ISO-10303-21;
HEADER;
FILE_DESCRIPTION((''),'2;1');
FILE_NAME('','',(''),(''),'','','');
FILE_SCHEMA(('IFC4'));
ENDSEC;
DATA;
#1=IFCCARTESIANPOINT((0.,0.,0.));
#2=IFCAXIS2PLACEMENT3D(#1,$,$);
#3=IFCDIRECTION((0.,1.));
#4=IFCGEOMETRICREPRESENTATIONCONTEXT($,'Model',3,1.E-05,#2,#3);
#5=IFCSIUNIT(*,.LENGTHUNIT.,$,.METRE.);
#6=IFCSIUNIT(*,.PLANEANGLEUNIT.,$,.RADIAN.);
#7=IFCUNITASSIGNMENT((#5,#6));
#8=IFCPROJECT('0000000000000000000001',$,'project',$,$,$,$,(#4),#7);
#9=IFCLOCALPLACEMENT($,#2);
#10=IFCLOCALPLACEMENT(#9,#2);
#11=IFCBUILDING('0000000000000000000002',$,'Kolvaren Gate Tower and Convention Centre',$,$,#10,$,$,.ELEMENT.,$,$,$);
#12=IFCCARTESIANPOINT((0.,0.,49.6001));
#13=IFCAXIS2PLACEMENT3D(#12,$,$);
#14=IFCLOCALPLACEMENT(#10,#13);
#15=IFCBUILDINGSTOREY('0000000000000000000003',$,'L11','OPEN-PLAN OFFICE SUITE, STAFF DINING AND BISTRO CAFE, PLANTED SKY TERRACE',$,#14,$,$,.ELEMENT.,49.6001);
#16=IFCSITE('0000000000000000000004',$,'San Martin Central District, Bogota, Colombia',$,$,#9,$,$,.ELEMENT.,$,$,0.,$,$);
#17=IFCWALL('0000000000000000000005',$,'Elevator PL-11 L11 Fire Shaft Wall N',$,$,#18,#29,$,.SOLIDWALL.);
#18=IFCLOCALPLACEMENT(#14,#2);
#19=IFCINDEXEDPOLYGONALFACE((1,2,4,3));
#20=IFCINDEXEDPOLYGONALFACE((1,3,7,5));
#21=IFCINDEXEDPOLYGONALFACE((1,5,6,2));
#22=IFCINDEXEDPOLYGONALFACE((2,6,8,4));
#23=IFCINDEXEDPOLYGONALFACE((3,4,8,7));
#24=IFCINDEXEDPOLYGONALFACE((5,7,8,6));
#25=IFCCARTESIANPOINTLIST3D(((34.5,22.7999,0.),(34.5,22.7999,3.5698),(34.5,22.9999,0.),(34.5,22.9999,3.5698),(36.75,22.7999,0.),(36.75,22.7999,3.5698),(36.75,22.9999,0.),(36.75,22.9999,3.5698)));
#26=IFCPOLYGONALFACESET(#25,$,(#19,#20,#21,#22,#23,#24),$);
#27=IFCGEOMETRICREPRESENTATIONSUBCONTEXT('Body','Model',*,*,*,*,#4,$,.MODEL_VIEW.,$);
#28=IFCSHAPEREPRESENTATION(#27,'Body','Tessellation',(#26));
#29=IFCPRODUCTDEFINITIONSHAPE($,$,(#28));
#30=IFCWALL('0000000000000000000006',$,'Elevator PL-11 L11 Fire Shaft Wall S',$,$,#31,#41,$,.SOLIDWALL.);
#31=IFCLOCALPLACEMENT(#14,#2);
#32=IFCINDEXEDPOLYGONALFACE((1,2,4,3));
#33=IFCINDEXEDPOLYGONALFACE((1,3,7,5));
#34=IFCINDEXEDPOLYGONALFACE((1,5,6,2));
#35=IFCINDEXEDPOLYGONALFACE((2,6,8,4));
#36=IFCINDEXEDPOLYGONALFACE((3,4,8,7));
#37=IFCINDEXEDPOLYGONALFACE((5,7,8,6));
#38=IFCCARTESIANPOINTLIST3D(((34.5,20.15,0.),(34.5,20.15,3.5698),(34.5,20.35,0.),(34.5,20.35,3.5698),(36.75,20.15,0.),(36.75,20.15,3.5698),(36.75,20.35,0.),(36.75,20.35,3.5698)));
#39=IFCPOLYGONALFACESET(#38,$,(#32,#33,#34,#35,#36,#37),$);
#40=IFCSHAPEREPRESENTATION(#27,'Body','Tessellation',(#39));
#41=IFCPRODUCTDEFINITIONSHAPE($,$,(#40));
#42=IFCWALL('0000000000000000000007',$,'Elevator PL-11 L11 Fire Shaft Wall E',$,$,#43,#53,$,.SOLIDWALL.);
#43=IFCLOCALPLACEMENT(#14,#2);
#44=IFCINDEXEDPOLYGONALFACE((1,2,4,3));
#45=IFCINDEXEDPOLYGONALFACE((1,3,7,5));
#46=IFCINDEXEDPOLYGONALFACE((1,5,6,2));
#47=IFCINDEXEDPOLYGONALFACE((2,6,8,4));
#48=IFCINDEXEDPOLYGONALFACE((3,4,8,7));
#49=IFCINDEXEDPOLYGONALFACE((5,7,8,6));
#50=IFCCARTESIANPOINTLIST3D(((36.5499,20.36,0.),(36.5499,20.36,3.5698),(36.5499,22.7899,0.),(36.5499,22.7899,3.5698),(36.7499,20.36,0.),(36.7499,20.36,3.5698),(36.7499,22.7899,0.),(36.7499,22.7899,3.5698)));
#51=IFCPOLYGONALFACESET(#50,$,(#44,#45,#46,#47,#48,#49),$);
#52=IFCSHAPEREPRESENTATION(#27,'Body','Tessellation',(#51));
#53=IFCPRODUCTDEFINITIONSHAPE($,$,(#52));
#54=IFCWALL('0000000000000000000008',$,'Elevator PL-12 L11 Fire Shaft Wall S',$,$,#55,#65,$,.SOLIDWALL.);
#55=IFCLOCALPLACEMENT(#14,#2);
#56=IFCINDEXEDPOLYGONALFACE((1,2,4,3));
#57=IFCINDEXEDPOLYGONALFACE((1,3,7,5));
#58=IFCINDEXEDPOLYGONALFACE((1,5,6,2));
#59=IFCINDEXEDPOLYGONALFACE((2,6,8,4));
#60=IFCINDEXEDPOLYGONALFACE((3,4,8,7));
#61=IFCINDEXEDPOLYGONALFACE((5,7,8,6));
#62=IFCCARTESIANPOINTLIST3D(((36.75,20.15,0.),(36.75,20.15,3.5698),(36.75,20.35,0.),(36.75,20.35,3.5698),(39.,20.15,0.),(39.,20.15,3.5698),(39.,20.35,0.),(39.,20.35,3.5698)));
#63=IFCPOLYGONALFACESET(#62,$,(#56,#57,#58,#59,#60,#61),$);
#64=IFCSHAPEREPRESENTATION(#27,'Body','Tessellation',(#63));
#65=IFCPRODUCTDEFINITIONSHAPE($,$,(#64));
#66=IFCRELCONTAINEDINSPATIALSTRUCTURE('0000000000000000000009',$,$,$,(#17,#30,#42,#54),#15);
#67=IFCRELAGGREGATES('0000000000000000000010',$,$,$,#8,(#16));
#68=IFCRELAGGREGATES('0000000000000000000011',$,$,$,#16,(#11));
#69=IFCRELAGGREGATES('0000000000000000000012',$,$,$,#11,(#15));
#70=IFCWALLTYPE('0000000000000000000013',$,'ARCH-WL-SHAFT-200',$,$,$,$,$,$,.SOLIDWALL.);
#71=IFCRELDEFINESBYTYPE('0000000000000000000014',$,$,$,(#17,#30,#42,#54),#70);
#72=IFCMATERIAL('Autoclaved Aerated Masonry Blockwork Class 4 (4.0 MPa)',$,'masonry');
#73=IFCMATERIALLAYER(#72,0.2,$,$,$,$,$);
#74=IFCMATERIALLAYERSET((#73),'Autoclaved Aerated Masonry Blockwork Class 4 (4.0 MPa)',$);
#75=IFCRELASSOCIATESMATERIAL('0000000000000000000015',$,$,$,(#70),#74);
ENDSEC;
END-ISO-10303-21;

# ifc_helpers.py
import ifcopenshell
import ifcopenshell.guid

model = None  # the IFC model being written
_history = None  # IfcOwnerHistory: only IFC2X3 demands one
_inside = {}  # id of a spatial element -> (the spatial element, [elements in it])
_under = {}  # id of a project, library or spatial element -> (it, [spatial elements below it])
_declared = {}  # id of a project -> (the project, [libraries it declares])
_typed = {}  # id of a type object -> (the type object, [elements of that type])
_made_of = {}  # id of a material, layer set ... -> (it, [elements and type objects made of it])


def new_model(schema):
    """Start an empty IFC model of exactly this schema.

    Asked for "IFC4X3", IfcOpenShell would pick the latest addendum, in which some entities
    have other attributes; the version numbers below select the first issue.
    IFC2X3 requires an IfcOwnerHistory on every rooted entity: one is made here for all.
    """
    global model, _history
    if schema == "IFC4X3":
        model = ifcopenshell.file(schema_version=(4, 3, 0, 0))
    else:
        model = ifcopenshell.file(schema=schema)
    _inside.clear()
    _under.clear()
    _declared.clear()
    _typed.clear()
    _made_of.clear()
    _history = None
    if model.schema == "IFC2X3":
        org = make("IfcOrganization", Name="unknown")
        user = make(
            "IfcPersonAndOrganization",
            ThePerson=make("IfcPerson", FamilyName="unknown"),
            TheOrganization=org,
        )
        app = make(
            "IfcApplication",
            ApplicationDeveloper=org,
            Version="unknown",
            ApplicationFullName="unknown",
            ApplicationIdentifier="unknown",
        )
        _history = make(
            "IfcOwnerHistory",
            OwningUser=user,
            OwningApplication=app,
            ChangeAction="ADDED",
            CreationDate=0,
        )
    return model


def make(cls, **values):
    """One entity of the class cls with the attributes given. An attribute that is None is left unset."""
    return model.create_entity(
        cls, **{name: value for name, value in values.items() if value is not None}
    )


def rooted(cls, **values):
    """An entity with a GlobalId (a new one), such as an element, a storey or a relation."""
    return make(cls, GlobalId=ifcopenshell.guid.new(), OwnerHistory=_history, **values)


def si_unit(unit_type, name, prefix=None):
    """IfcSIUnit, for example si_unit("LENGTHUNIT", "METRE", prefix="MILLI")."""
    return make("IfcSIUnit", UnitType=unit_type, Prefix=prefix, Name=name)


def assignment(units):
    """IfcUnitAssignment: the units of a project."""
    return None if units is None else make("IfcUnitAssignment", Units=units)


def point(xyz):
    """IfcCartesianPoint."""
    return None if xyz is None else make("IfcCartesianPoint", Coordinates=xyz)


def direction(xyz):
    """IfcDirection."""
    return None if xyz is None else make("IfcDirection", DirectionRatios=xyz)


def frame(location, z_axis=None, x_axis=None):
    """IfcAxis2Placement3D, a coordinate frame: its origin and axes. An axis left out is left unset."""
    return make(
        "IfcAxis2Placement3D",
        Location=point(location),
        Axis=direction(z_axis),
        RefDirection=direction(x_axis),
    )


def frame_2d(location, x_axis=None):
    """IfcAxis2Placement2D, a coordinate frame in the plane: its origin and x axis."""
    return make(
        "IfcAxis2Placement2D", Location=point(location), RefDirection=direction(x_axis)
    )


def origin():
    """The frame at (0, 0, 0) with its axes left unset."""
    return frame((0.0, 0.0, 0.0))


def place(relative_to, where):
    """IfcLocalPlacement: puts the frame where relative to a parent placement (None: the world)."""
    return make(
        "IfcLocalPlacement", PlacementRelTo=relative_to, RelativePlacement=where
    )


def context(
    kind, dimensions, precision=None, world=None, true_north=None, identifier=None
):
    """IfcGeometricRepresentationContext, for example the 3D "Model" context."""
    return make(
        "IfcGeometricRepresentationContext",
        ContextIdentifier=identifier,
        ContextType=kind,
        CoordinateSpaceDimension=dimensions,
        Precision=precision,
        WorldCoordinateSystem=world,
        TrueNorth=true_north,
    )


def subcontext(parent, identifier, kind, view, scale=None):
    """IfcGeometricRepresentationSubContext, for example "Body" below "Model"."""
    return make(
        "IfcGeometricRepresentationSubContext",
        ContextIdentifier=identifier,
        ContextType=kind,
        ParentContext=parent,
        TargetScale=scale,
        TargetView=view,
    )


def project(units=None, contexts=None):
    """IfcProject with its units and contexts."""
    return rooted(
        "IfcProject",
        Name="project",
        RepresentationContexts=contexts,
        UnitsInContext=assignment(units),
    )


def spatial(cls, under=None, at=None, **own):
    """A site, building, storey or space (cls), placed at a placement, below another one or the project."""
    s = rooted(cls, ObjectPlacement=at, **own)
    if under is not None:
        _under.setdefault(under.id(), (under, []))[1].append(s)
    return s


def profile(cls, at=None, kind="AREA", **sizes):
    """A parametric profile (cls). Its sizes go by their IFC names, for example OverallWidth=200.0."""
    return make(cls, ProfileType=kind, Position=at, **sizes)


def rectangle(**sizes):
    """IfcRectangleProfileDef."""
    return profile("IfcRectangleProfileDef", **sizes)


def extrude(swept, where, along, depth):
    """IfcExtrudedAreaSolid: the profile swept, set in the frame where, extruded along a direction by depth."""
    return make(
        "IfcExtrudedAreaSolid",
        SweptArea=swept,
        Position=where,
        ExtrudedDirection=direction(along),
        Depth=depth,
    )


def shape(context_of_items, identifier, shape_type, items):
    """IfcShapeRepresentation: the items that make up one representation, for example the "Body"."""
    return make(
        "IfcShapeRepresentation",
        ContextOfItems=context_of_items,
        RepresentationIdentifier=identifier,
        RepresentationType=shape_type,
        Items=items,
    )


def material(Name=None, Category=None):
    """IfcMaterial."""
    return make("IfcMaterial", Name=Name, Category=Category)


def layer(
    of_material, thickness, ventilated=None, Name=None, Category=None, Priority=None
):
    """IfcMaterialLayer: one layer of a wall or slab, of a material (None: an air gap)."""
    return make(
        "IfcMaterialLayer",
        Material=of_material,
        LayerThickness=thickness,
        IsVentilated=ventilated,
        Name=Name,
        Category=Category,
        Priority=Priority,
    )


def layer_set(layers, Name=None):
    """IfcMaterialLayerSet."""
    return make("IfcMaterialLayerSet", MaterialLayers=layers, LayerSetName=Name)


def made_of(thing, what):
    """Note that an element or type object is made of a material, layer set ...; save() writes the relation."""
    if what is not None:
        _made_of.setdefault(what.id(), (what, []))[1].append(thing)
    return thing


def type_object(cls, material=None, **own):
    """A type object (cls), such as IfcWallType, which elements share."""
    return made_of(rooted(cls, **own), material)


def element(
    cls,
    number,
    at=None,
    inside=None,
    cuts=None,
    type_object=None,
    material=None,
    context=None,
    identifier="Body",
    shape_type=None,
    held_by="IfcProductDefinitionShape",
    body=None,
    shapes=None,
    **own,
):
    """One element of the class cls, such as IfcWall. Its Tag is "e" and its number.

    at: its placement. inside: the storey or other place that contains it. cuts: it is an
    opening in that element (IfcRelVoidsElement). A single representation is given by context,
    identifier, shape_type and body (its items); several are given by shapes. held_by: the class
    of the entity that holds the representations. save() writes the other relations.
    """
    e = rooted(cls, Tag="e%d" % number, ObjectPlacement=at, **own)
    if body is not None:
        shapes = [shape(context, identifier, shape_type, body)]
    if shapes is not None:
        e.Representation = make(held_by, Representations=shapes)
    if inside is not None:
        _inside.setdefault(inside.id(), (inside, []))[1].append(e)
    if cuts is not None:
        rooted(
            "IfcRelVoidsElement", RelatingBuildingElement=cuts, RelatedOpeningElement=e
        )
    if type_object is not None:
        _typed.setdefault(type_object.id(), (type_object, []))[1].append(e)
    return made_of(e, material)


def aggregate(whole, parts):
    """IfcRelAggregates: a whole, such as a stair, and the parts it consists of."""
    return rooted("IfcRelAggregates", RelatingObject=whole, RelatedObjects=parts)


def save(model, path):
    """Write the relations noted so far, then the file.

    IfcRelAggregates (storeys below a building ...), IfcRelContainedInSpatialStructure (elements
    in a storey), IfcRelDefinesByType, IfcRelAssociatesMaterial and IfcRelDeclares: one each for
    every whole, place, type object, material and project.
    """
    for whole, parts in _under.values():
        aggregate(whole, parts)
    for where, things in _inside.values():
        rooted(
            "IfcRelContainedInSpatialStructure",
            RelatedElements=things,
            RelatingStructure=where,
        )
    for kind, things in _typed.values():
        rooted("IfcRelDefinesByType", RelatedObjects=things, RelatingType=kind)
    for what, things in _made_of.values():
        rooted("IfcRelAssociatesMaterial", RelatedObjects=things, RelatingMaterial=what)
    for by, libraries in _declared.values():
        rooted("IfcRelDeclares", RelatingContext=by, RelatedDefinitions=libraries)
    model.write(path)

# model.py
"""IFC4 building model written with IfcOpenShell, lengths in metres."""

from ifc_helpers import new_model, si_unit, direction, frame, frame_2d, origin, place, context, subcontext, project, spatial, rectangle, extrude, material, layer, layer_set, type_object, element, save


model = new_model("IFC4")

# Units and contexts
model_context = context("Model", 3, precision=1e-05, world=origin(), true_north=direction((0.0, 1.0)))
body_context = subcontext(model_context, "Body", "Model", "MODEL_VIEW")
ifc_project = project(units=[si_unit("LENGTHUNIT", "METRE"), si_unit("PLANEANGLEUNIT", "RADIAN")], contexts=[model_context])

# Site, building, storey
site_placement = place(None, origin())
site = spatial("IfcSite", under=ifc_project, at=site_placement, Name="San Martin Central District, Bogota, Colombia", CompositionType="ELEMENT", RefElevation=0.0)
building_placement = place(site_placement, origin())
building = spatial("IfcBuilding", under=site, at=building_placement, Name="Kolvaren Gate Tower and Convention Centre", CompositionType="ELEMENT")
storey_placement = place(building_placement, frame((0.0, 0.0, 49.6001)))
storey = spatial("IfcBuildingStorey", under=building, at=storey_placement, Name="L11", Description="OPEN-PLAN OFFICE SUITE, STAFF DINING AND BISTRO CAFE, PLANTED SKY TERRACE", CompositionType="ELEMENT", Elevation=49.6001)

# Walls
ifc_material = material(Name="Autoclaved Aerated Masonry Blockwork Class 4 (4.0 MPa)", Category="masonry")
ifc_layer = layer(ifc_material, 0.2)
ifc_layer_set = layer_set([ifc_layer], Name="Autoclaved Aerated Masonry Blockwork Class 4 (4.0 MPa)")
wall_type = type_object("IfcWallType", Name="ARCH-WL-SHAFT-200", PredefinedType="SOLIDWALL", material=ifc_layer_set)
for number, where, z_axis, x_axis, name in (
    (1, (34.5, 22.8999, 0.0), (0.0, 0.0, 1.0), (1.0, 0.0, 0.0), "Elevator PL-11 L11 Fire Shaft Wall N"),
    (2, (34.5, 20.25, 0.0), (0.0, 0.0, 1.0), (1.0, 0.0, 0.0), "Elevator PL-11 L11 Fire Shaft Wall S"),
):
    element("IfcWall", number, at=place(storey_placement, frame(where, z_axis=z_axis, x_axis=x_axis)), inside=storey, type_object=wall_type, Name=name, PredefinedType="SOLIDWALL", context=body_context, shape_type="SweptSolid", body=[
        extrude(rectangle(XDim=2.25, YDim=0.2, at=frame_2d((1.125, 0.0))), origin(), (0.0, 0.0, 1.0), 3.5698),
    ])
wall_1_placement = place(storey_placement, frame((36.6499, 20.3601, 0.0), z_axis=(0.0, 0.0, 1.0), x_axis=(0.0, 1.0, 0.0)))
element("IfcWall", 3, at=wall_1_placement, inside=storey, type_object=wall_type, Name="Elevator PL-11 L11 Fire Shaft Wall E", PredefinedType="SOLIDWALL", context=body_context, shape_type="SweptSolid", body=[
    extrude(rectangle(XDim=2.4299, YDim=0.2, at=frame_2d((1.2148, 0.0))), origin(), (0.0, 0.0, 1.0), 3.5698),
])
wall_2_placement = place(storey_placement, frame((36.75, 20.25, 0.0), z_axis=(0.0, 0.0, 1.0), x_axis=(1.0, 0.0, 0.0)))
element("IfcWall", 4, at=wall_2_placement, inside=storey, type_object=wall_type, Name="Elevator PL-12 L11 Fire Shaft Wall S", PredefinedType="SOLIDWALL", context=body_context, shape_type="SweptSolid", body=[
    extrude(rectangle(XDim=2.25, YDim=0.2, at=frame_2d((1.125, 0.0))), origin(), (0.0, 0.0, 1.0), 3.5698),
])

save(model, "model.ifc")
